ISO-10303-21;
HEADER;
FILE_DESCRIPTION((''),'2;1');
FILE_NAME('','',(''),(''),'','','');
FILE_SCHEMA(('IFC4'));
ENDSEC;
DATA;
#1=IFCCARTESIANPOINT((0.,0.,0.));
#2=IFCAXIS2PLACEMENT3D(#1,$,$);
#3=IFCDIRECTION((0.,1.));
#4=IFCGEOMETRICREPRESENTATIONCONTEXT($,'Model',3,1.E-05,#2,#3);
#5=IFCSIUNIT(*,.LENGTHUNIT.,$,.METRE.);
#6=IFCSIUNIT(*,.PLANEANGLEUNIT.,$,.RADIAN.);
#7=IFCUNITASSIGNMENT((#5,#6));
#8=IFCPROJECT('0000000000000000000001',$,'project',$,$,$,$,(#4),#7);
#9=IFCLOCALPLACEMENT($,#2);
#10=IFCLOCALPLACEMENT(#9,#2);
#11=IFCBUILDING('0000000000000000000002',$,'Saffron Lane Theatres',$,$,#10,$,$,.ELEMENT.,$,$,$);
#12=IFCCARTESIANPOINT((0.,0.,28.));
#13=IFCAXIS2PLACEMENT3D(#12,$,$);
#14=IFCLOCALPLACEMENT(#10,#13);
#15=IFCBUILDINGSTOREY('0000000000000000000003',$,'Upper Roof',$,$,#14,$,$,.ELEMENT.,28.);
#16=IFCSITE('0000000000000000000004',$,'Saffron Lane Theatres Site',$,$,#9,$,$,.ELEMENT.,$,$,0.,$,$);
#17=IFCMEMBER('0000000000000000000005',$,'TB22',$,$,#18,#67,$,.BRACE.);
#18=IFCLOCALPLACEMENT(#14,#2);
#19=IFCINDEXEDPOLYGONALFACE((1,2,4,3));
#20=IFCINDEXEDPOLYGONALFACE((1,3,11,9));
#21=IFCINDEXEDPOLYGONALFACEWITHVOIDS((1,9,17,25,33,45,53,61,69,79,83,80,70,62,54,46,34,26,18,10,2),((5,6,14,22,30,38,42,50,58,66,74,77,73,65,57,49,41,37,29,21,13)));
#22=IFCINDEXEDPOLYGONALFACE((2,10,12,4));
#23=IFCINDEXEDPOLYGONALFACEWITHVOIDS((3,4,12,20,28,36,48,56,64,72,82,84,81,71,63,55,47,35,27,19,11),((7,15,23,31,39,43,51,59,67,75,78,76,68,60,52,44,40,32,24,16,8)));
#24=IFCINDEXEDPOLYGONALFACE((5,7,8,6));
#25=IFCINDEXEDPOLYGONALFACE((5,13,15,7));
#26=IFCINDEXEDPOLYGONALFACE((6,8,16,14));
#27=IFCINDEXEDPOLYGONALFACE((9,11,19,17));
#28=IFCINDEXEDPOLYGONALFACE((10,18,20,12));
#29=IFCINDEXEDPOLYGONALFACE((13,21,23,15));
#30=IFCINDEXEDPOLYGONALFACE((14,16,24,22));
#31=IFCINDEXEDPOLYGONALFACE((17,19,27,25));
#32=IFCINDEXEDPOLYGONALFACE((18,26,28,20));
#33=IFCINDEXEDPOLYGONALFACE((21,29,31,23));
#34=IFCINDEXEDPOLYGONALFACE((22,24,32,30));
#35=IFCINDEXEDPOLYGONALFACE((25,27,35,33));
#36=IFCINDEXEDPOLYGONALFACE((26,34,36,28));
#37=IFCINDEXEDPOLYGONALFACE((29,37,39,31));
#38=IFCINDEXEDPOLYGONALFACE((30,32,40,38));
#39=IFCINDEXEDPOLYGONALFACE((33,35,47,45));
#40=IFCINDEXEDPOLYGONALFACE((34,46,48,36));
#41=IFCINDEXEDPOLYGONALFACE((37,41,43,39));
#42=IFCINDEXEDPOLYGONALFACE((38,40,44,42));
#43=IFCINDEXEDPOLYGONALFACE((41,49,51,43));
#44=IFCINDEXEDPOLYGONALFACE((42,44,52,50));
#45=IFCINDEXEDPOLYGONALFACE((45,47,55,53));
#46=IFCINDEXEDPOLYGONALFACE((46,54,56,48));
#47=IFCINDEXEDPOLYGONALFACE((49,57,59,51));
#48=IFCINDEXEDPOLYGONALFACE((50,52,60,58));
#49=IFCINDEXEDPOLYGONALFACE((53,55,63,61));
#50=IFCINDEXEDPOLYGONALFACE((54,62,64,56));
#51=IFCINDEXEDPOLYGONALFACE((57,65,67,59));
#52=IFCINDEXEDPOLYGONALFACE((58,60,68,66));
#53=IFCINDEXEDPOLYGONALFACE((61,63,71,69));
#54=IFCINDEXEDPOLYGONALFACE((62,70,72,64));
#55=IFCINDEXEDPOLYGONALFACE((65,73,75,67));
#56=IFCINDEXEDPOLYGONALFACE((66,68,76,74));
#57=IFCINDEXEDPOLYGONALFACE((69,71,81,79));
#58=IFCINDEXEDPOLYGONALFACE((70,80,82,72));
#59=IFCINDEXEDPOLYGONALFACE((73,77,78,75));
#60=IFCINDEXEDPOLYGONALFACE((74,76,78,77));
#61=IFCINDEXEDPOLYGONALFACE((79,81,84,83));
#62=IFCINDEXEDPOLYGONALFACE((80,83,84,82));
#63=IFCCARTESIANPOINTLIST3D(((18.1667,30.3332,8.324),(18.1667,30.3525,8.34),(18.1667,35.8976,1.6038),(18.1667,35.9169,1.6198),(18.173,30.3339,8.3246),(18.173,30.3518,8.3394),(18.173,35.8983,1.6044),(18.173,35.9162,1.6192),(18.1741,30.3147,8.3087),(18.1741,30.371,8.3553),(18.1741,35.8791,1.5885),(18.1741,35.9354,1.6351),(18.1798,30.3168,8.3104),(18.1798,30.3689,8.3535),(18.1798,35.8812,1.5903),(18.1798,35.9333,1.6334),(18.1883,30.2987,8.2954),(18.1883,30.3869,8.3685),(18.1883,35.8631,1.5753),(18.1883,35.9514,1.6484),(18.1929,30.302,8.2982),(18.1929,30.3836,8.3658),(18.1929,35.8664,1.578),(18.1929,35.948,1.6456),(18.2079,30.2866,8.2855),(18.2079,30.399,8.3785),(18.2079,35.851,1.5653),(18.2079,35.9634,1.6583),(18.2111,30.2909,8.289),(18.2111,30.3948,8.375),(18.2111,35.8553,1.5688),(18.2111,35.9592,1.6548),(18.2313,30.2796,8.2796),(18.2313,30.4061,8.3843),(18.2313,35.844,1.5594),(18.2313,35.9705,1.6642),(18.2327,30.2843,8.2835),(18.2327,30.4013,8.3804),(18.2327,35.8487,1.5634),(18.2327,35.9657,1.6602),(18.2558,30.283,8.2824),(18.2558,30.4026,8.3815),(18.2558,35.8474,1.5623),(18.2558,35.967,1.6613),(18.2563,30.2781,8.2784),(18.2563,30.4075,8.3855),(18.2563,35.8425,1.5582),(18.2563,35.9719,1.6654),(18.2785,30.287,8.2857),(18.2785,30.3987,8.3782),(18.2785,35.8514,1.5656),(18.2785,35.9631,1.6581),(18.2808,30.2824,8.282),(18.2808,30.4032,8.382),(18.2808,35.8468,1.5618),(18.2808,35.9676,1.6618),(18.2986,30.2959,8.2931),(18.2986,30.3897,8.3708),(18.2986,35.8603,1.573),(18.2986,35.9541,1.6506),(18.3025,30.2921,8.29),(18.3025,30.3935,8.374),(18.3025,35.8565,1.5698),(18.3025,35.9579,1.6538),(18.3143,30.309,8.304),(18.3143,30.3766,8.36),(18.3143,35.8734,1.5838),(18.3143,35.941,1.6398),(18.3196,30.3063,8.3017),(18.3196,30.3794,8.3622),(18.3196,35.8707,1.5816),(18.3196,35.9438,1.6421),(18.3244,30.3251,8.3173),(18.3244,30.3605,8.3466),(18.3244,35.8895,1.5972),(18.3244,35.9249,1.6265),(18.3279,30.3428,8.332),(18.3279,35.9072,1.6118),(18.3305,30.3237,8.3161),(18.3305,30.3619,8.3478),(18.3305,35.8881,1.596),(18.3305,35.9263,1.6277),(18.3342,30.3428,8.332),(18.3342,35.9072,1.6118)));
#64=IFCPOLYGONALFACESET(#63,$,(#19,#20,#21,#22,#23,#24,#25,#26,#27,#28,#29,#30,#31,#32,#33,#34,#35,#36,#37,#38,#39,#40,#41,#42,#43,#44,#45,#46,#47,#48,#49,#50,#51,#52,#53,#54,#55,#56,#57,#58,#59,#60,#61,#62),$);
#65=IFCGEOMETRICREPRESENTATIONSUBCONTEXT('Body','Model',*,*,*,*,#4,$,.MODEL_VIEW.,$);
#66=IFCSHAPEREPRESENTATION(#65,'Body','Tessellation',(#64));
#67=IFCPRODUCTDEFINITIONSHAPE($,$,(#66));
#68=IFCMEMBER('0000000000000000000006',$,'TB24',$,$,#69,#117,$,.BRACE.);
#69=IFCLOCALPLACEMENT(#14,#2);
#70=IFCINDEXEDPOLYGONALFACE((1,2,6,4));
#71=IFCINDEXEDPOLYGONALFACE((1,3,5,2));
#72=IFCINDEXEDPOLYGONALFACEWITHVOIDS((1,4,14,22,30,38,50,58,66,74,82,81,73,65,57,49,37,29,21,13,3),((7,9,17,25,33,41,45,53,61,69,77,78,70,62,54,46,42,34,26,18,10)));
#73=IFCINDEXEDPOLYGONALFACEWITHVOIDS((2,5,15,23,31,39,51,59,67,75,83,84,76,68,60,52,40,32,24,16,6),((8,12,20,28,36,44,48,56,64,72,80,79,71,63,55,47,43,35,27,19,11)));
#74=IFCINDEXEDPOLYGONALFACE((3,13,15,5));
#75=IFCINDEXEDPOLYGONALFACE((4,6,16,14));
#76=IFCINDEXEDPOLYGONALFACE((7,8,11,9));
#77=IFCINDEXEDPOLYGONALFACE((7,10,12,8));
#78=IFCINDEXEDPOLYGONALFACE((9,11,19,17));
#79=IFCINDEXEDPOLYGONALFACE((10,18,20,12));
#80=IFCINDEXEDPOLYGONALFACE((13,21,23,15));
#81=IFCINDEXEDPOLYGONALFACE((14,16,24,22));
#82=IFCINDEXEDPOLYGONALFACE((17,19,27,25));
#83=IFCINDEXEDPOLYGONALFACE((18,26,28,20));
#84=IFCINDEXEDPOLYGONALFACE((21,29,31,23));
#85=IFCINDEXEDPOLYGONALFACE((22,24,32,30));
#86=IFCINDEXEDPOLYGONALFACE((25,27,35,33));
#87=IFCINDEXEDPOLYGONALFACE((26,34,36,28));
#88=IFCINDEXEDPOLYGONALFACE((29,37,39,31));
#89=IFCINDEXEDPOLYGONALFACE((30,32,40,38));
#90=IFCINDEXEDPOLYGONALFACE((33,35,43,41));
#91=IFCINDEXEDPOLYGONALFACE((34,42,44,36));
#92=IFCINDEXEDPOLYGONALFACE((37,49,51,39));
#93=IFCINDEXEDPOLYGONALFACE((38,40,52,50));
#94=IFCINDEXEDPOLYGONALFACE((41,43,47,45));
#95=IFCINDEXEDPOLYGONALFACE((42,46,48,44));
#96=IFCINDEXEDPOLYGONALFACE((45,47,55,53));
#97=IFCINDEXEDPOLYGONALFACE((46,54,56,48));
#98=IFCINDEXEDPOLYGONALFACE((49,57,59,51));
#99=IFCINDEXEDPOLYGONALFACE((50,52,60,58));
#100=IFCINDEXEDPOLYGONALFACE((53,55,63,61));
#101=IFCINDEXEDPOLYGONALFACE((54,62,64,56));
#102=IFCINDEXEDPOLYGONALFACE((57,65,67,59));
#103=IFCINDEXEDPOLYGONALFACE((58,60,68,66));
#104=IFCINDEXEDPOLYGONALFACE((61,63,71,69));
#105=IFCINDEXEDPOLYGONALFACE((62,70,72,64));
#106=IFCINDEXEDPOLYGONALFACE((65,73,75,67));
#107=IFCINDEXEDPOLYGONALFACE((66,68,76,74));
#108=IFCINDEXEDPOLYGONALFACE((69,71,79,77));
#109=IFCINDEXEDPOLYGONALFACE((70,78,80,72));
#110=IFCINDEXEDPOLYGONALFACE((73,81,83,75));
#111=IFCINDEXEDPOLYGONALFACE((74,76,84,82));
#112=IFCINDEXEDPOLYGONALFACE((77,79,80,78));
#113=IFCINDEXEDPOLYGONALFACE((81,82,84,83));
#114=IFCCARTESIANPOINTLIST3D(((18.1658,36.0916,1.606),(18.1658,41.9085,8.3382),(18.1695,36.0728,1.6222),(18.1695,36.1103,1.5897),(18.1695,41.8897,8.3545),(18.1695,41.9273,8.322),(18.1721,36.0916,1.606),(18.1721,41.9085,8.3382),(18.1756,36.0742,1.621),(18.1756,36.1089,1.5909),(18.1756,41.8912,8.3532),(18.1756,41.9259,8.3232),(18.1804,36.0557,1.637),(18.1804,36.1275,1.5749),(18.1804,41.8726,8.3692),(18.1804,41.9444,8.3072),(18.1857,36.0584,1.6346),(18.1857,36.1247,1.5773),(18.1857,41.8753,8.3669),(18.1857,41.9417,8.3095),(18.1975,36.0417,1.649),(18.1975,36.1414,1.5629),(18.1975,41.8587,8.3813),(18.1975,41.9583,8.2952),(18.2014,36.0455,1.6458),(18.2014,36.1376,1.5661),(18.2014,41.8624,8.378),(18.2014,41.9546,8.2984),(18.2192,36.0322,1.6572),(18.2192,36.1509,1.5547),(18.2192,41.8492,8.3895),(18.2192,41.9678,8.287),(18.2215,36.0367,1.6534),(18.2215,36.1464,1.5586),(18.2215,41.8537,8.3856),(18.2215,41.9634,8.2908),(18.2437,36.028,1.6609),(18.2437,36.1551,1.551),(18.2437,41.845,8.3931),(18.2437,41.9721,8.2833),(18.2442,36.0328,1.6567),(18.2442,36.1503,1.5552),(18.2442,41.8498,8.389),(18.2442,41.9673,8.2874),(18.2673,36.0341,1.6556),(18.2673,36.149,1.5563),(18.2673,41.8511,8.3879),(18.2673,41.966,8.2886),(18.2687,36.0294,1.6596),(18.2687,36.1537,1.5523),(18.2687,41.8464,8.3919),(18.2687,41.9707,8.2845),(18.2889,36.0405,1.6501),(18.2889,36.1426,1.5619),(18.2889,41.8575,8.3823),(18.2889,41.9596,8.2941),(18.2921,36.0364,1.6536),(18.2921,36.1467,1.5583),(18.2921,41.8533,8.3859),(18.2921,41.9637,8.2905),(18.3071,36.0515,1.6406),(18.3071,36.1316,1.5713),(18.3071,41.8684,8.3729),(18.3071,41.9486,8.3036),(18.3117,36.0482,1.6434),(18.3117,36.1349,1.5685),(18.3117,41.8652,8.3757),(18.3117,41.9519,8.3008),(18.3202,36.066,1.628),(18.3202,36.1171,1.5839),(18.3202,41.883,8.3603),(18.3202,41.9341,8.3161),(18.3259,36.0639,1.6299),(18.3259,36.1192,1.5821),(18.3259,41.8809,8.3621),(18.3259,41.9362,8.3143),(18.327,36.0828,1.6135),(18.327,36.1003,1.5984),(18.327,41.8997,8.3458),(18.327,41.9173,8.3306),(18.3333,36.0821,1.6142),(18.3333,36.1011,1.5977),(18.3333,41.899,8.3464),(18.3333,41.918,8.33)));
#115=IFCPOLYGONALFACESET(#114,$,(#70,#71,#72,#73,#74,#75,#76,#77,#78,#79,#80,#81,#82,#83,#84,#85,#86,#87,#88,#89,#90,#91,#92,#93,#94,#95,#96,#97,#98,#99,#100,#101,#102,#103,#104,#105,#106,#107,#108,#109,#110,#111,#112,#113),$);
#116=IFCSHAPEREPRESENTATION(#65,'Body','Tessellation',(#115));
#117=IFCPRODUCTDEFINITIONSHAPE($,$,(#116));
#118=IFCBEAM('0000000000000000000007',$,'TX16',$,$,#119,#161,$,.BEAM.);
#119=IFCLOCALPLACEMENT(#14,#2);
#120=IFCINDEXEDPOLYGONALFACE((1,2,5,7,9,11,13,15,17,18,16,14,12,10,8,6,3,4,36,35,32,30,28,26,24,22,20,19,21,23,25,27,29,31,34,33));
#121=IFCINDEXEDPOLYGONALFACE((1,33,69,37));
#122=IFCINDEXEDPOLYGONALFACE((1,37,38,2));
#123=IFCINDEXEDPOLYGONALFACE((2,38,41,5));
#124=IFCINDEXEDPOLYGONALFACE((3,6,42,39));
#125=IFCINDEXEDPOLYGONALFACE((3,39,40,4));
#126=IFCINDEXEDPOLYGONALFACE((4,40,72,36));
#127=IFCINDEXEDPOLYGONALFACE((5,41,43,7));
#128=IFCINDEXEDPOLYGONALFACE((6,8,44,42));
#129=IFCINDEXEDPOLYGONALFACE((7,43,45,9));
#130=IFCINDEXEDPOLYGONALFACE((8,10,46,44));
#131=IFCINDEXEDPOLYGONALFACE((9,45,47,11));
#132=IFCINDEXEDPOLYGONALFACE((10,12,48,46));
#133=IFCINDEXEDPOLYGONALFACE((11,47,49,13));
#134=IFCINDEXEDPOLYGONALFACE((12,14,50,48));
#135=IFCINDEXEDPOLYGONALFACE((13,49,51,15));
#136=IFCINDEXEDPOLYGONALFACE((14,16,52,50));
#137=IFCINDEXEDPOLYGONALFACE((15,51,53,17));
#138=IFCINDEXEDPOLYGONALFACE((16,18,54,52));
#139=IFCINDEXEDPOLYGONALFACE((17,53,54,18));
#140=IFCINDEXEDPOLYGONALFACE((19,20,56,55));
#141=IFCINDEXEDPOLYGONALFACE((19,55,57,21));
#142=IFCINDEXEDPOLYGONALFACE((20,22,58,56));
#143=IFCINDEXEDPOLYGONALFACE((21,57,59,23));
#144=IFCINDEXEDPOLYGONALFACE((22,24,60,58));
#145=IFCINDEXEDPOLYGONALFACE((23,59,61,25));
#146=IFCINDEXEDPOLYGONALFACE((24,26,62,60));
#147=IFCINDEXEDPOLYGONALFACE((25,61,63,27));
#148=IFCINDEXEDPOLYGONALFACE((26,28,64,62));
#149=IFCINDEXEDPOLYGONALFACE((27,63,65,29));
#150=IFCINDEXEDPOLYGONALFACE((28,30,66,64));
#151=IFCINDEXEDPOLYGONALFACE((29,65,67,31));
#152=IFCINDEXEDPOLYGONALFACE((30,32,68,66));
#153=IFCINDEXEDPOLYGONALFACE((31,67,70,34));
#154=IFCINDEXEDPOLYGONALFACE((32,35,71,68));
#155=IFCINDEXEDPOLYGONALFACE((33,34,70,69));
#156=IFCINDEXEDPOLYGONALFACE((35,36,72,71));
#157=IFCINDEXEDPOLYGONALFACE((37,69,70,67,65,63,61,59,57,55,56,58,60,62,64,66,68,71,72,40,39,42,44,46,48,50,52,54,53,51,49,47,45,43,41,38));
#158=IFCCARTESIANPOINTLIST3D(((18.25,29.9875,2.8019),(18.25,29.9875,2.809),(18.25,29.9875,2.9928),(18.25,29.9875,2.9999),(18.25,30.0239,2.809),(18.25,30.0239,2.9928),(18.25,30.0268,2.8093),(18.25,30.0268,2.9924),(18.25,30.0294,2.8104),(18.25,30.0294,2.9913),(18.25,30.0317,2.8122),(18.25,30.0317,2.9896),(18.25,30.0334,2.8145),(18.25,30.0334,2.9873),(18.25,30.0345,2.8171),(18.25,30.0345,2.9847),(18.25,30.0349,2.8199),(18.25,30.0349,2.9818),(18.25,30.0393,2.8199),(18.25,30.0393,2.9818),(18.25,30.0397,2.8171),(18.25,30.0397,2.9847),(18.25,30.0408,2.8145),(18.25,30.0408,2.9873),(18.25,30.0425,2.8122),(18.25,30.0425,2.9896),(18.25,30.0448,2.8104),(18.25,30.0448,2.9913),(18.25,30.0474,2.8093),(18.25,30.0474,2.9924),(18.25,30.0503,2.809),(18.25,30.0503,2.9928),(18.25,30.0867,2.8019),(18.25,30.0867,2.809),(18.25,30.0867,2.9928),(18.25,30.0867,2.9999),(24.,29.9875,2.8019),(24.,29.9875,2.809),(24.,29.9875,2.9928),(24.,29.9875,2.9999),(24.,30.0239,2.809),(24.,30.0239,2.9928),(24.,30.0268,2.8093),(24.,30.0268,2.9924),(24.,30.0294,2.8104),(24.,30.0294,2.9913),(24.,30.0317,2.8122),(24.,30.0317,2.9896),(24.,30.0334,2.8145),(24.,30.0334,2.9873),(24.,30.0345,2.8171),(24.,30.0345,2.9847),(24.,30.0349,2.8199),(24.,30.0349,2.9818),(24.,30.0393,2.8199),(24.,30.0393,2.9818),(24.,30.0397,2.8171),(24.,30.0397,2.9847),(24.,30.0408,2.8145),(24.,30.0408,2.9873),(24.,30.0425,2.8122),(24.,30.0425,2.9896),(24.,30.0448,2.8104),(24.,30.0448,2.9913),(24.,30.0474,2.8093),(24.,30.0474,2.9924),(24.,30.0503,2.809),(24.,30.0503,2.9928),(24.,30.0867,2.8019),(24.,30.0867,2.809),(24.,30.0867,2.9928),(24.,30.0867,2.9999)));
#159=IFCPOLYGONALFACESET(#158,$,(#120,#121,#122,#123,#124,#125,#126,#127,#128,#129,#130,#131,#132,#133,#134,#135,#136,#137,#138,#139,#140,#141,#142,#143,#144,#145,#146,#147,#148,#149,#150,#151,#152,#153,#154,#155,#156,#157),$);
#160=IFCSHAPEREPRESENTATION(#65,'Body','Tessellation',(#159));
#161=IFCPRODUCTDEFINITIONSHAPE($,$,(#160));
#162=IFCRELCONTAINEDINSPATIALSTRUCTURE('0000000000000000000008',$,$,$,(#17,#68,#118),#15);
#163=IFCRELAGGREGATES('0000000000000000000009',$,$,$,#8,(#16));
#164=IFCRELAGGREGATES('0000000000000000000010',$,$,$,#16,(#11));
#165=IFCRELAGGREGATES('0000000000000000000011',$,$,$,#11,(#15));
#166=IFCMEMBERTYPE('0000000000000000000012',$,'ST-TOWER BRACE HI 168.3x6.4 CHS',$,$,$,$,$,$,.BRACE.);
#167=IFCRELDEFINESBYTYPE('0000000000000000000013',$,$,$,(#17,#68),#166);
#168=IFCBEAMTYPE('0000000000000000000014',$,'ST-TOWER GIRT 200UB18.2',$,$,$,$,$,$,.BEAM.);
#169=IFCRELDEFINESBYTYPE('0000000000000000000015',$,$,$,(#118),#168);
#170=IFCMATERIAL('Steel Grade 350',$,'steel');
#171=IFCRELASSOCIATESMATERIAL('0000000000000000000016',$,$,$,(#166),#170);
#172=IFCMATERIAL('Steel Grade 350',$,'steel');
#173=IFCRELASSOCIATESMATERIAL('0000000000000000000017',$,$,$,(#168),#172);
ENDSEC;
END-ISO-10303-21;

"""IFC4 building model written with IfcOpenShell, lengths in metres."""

from ifc_helpers import new_model, si_unit, direction, frame, origin, origin_2d, place, context, subcontext, project, spatial, hollow_circle, i_section, extrude, material, material_profile, profile_set, type_object, element, save


model = new_model("IFC4")

# Units and contexts
model_context = context("Model", 3, precision=1e-05, world=origin(), true_north=direction((0.0, 1.0)))
body_context = subcontext(model_context, "Body", "Model", "MODEL_VIEW")
ifc_project = project(units=[si_unit("LENGTHUNIT", "METRE"), si_unit("PLANEANGLEUNIT", "RADIAN")], contexts=[model_context])

# Site, building, storey
site_placement = place(None, origin())
site = spatial("IfcSite", under=ifc_project, at=site_placement, Name="Saffron Lane Theatres Site", CompositionType="ELEMENT", RefElevation=0.0)
building_placement = place(site_placement, origin())
building = spatial("IfcBuilding", under=site, at=building_placement, Name="Saffron Lane Theatres", CompositionType="ELEMENT")
storey_placement = place(building_placement, frame((0.0, 0.0, 28.0)))
storey = spatial("IfcBuildingStorey", under=building, at=storey_placement, Name="Upper Roof", CompositionType="ELEMENT", Elevation=28.0)

# Members
ifc_material_1 = material(Name="Steel Grade 350", Category="steel")
ifc_material_profile_1 = material_profile(ifc_material_1, hollow_circle(Radius=0.0842, WallThickness=0.0063, at=origin_2d()))
ifc_profile_set_1 = profile_set([ifc_material_profile_1], Name="Steel Grade 350")
member_type_1 = type_object("IfcMemberType", Name="ST-TOWER BRACE HI 168.3x6.4 CHS", PredefinedType="BRACE", material=ifc_profile_set_1)
member_1_placement = place(storey_placement, frame((18.25, 35.9072, 1.6118), z_axis=(0.0, -0.637765, 0.770231), x_axis=(1.0, 0.0, 0.0)))
element("IfcMember", 1, at=member_1_placement, inside=storey, type_object=member_type_1, Name="TB22", PredefinedType="BRACE", context=body_context, shape_type="SweptSolid", body=[
    extrude(hollow_circle(Radius=0.0842, WallThickness=0.0063, at=origin_2d()), origin(), (0.0, 0.0, 1.0), 8.7249),
])
member_2_placement = place(storey_placement, frame((18.25, 36.0916, 1.606), z_axis=(0.0, 0.653796, 0.756671), x_axis=(-1.0, 0.0, 0.0)))
element("IfcMember", 2, at=member_2_placement, inside=storey, type_object=member_type_1, Name="TB24", PredefinedType="BRACE", context=body_context, shape_type="SweptSolid", body=[
    extrude(hollow_circle(Radius=0.0842, WallThickness=0.0063, at=origin_2d()), origin(), (0.0, 0.0, 1.0), 8.8972),
])

# Beam
ifc_material_2 = material(Name="Steel Grade 350", Category="steel")
ifc_material_profile_2 = material_profile(ifc_material_2, i_section(OverallWidth=0.0991, OverallDepth=0.198, WebThickness=0.0044, FlangeThickness=0.0071, FilletRadius=0.011, at=origin_2d()))
ifc_profile_set_2 = profile_set([ifc_material_profile_2], Name="Steel Grade 350")
beam_type_1 = type_object("IfcBeamType", Name="ST-TOWER GIRT 200UB18.2", PredefinedType="BEAM", material=ifc_profile_set_2)
for number, where, z_axis, x_axis, name in (
    (3, (18.25, 30.0371, 2.9009), (1.0, 0.0, 0.0), (0.0, 1.0, 0.0), "TX16"),
):
    element("IfcBeam", number, at=place(storey_placement, frame(where, z_axis=z_axis, x_axis=x_axis)), inside=storey, type_object=beam_type_1, Name=name, PredefinedType="BEAM", context=body_context, shape_type="SweptSolid", body=[
        extrude(i_section(OverallWidth=0.0991, OverallDepth=0.198, WebThickness=0.0044, FlangeThickness=0.0071, FilletRadius=0.011, at=origin_2d()), origin(), (0.0, 0.0, 1.0), 5.75),
    ])

save(model, "model.ifc")
